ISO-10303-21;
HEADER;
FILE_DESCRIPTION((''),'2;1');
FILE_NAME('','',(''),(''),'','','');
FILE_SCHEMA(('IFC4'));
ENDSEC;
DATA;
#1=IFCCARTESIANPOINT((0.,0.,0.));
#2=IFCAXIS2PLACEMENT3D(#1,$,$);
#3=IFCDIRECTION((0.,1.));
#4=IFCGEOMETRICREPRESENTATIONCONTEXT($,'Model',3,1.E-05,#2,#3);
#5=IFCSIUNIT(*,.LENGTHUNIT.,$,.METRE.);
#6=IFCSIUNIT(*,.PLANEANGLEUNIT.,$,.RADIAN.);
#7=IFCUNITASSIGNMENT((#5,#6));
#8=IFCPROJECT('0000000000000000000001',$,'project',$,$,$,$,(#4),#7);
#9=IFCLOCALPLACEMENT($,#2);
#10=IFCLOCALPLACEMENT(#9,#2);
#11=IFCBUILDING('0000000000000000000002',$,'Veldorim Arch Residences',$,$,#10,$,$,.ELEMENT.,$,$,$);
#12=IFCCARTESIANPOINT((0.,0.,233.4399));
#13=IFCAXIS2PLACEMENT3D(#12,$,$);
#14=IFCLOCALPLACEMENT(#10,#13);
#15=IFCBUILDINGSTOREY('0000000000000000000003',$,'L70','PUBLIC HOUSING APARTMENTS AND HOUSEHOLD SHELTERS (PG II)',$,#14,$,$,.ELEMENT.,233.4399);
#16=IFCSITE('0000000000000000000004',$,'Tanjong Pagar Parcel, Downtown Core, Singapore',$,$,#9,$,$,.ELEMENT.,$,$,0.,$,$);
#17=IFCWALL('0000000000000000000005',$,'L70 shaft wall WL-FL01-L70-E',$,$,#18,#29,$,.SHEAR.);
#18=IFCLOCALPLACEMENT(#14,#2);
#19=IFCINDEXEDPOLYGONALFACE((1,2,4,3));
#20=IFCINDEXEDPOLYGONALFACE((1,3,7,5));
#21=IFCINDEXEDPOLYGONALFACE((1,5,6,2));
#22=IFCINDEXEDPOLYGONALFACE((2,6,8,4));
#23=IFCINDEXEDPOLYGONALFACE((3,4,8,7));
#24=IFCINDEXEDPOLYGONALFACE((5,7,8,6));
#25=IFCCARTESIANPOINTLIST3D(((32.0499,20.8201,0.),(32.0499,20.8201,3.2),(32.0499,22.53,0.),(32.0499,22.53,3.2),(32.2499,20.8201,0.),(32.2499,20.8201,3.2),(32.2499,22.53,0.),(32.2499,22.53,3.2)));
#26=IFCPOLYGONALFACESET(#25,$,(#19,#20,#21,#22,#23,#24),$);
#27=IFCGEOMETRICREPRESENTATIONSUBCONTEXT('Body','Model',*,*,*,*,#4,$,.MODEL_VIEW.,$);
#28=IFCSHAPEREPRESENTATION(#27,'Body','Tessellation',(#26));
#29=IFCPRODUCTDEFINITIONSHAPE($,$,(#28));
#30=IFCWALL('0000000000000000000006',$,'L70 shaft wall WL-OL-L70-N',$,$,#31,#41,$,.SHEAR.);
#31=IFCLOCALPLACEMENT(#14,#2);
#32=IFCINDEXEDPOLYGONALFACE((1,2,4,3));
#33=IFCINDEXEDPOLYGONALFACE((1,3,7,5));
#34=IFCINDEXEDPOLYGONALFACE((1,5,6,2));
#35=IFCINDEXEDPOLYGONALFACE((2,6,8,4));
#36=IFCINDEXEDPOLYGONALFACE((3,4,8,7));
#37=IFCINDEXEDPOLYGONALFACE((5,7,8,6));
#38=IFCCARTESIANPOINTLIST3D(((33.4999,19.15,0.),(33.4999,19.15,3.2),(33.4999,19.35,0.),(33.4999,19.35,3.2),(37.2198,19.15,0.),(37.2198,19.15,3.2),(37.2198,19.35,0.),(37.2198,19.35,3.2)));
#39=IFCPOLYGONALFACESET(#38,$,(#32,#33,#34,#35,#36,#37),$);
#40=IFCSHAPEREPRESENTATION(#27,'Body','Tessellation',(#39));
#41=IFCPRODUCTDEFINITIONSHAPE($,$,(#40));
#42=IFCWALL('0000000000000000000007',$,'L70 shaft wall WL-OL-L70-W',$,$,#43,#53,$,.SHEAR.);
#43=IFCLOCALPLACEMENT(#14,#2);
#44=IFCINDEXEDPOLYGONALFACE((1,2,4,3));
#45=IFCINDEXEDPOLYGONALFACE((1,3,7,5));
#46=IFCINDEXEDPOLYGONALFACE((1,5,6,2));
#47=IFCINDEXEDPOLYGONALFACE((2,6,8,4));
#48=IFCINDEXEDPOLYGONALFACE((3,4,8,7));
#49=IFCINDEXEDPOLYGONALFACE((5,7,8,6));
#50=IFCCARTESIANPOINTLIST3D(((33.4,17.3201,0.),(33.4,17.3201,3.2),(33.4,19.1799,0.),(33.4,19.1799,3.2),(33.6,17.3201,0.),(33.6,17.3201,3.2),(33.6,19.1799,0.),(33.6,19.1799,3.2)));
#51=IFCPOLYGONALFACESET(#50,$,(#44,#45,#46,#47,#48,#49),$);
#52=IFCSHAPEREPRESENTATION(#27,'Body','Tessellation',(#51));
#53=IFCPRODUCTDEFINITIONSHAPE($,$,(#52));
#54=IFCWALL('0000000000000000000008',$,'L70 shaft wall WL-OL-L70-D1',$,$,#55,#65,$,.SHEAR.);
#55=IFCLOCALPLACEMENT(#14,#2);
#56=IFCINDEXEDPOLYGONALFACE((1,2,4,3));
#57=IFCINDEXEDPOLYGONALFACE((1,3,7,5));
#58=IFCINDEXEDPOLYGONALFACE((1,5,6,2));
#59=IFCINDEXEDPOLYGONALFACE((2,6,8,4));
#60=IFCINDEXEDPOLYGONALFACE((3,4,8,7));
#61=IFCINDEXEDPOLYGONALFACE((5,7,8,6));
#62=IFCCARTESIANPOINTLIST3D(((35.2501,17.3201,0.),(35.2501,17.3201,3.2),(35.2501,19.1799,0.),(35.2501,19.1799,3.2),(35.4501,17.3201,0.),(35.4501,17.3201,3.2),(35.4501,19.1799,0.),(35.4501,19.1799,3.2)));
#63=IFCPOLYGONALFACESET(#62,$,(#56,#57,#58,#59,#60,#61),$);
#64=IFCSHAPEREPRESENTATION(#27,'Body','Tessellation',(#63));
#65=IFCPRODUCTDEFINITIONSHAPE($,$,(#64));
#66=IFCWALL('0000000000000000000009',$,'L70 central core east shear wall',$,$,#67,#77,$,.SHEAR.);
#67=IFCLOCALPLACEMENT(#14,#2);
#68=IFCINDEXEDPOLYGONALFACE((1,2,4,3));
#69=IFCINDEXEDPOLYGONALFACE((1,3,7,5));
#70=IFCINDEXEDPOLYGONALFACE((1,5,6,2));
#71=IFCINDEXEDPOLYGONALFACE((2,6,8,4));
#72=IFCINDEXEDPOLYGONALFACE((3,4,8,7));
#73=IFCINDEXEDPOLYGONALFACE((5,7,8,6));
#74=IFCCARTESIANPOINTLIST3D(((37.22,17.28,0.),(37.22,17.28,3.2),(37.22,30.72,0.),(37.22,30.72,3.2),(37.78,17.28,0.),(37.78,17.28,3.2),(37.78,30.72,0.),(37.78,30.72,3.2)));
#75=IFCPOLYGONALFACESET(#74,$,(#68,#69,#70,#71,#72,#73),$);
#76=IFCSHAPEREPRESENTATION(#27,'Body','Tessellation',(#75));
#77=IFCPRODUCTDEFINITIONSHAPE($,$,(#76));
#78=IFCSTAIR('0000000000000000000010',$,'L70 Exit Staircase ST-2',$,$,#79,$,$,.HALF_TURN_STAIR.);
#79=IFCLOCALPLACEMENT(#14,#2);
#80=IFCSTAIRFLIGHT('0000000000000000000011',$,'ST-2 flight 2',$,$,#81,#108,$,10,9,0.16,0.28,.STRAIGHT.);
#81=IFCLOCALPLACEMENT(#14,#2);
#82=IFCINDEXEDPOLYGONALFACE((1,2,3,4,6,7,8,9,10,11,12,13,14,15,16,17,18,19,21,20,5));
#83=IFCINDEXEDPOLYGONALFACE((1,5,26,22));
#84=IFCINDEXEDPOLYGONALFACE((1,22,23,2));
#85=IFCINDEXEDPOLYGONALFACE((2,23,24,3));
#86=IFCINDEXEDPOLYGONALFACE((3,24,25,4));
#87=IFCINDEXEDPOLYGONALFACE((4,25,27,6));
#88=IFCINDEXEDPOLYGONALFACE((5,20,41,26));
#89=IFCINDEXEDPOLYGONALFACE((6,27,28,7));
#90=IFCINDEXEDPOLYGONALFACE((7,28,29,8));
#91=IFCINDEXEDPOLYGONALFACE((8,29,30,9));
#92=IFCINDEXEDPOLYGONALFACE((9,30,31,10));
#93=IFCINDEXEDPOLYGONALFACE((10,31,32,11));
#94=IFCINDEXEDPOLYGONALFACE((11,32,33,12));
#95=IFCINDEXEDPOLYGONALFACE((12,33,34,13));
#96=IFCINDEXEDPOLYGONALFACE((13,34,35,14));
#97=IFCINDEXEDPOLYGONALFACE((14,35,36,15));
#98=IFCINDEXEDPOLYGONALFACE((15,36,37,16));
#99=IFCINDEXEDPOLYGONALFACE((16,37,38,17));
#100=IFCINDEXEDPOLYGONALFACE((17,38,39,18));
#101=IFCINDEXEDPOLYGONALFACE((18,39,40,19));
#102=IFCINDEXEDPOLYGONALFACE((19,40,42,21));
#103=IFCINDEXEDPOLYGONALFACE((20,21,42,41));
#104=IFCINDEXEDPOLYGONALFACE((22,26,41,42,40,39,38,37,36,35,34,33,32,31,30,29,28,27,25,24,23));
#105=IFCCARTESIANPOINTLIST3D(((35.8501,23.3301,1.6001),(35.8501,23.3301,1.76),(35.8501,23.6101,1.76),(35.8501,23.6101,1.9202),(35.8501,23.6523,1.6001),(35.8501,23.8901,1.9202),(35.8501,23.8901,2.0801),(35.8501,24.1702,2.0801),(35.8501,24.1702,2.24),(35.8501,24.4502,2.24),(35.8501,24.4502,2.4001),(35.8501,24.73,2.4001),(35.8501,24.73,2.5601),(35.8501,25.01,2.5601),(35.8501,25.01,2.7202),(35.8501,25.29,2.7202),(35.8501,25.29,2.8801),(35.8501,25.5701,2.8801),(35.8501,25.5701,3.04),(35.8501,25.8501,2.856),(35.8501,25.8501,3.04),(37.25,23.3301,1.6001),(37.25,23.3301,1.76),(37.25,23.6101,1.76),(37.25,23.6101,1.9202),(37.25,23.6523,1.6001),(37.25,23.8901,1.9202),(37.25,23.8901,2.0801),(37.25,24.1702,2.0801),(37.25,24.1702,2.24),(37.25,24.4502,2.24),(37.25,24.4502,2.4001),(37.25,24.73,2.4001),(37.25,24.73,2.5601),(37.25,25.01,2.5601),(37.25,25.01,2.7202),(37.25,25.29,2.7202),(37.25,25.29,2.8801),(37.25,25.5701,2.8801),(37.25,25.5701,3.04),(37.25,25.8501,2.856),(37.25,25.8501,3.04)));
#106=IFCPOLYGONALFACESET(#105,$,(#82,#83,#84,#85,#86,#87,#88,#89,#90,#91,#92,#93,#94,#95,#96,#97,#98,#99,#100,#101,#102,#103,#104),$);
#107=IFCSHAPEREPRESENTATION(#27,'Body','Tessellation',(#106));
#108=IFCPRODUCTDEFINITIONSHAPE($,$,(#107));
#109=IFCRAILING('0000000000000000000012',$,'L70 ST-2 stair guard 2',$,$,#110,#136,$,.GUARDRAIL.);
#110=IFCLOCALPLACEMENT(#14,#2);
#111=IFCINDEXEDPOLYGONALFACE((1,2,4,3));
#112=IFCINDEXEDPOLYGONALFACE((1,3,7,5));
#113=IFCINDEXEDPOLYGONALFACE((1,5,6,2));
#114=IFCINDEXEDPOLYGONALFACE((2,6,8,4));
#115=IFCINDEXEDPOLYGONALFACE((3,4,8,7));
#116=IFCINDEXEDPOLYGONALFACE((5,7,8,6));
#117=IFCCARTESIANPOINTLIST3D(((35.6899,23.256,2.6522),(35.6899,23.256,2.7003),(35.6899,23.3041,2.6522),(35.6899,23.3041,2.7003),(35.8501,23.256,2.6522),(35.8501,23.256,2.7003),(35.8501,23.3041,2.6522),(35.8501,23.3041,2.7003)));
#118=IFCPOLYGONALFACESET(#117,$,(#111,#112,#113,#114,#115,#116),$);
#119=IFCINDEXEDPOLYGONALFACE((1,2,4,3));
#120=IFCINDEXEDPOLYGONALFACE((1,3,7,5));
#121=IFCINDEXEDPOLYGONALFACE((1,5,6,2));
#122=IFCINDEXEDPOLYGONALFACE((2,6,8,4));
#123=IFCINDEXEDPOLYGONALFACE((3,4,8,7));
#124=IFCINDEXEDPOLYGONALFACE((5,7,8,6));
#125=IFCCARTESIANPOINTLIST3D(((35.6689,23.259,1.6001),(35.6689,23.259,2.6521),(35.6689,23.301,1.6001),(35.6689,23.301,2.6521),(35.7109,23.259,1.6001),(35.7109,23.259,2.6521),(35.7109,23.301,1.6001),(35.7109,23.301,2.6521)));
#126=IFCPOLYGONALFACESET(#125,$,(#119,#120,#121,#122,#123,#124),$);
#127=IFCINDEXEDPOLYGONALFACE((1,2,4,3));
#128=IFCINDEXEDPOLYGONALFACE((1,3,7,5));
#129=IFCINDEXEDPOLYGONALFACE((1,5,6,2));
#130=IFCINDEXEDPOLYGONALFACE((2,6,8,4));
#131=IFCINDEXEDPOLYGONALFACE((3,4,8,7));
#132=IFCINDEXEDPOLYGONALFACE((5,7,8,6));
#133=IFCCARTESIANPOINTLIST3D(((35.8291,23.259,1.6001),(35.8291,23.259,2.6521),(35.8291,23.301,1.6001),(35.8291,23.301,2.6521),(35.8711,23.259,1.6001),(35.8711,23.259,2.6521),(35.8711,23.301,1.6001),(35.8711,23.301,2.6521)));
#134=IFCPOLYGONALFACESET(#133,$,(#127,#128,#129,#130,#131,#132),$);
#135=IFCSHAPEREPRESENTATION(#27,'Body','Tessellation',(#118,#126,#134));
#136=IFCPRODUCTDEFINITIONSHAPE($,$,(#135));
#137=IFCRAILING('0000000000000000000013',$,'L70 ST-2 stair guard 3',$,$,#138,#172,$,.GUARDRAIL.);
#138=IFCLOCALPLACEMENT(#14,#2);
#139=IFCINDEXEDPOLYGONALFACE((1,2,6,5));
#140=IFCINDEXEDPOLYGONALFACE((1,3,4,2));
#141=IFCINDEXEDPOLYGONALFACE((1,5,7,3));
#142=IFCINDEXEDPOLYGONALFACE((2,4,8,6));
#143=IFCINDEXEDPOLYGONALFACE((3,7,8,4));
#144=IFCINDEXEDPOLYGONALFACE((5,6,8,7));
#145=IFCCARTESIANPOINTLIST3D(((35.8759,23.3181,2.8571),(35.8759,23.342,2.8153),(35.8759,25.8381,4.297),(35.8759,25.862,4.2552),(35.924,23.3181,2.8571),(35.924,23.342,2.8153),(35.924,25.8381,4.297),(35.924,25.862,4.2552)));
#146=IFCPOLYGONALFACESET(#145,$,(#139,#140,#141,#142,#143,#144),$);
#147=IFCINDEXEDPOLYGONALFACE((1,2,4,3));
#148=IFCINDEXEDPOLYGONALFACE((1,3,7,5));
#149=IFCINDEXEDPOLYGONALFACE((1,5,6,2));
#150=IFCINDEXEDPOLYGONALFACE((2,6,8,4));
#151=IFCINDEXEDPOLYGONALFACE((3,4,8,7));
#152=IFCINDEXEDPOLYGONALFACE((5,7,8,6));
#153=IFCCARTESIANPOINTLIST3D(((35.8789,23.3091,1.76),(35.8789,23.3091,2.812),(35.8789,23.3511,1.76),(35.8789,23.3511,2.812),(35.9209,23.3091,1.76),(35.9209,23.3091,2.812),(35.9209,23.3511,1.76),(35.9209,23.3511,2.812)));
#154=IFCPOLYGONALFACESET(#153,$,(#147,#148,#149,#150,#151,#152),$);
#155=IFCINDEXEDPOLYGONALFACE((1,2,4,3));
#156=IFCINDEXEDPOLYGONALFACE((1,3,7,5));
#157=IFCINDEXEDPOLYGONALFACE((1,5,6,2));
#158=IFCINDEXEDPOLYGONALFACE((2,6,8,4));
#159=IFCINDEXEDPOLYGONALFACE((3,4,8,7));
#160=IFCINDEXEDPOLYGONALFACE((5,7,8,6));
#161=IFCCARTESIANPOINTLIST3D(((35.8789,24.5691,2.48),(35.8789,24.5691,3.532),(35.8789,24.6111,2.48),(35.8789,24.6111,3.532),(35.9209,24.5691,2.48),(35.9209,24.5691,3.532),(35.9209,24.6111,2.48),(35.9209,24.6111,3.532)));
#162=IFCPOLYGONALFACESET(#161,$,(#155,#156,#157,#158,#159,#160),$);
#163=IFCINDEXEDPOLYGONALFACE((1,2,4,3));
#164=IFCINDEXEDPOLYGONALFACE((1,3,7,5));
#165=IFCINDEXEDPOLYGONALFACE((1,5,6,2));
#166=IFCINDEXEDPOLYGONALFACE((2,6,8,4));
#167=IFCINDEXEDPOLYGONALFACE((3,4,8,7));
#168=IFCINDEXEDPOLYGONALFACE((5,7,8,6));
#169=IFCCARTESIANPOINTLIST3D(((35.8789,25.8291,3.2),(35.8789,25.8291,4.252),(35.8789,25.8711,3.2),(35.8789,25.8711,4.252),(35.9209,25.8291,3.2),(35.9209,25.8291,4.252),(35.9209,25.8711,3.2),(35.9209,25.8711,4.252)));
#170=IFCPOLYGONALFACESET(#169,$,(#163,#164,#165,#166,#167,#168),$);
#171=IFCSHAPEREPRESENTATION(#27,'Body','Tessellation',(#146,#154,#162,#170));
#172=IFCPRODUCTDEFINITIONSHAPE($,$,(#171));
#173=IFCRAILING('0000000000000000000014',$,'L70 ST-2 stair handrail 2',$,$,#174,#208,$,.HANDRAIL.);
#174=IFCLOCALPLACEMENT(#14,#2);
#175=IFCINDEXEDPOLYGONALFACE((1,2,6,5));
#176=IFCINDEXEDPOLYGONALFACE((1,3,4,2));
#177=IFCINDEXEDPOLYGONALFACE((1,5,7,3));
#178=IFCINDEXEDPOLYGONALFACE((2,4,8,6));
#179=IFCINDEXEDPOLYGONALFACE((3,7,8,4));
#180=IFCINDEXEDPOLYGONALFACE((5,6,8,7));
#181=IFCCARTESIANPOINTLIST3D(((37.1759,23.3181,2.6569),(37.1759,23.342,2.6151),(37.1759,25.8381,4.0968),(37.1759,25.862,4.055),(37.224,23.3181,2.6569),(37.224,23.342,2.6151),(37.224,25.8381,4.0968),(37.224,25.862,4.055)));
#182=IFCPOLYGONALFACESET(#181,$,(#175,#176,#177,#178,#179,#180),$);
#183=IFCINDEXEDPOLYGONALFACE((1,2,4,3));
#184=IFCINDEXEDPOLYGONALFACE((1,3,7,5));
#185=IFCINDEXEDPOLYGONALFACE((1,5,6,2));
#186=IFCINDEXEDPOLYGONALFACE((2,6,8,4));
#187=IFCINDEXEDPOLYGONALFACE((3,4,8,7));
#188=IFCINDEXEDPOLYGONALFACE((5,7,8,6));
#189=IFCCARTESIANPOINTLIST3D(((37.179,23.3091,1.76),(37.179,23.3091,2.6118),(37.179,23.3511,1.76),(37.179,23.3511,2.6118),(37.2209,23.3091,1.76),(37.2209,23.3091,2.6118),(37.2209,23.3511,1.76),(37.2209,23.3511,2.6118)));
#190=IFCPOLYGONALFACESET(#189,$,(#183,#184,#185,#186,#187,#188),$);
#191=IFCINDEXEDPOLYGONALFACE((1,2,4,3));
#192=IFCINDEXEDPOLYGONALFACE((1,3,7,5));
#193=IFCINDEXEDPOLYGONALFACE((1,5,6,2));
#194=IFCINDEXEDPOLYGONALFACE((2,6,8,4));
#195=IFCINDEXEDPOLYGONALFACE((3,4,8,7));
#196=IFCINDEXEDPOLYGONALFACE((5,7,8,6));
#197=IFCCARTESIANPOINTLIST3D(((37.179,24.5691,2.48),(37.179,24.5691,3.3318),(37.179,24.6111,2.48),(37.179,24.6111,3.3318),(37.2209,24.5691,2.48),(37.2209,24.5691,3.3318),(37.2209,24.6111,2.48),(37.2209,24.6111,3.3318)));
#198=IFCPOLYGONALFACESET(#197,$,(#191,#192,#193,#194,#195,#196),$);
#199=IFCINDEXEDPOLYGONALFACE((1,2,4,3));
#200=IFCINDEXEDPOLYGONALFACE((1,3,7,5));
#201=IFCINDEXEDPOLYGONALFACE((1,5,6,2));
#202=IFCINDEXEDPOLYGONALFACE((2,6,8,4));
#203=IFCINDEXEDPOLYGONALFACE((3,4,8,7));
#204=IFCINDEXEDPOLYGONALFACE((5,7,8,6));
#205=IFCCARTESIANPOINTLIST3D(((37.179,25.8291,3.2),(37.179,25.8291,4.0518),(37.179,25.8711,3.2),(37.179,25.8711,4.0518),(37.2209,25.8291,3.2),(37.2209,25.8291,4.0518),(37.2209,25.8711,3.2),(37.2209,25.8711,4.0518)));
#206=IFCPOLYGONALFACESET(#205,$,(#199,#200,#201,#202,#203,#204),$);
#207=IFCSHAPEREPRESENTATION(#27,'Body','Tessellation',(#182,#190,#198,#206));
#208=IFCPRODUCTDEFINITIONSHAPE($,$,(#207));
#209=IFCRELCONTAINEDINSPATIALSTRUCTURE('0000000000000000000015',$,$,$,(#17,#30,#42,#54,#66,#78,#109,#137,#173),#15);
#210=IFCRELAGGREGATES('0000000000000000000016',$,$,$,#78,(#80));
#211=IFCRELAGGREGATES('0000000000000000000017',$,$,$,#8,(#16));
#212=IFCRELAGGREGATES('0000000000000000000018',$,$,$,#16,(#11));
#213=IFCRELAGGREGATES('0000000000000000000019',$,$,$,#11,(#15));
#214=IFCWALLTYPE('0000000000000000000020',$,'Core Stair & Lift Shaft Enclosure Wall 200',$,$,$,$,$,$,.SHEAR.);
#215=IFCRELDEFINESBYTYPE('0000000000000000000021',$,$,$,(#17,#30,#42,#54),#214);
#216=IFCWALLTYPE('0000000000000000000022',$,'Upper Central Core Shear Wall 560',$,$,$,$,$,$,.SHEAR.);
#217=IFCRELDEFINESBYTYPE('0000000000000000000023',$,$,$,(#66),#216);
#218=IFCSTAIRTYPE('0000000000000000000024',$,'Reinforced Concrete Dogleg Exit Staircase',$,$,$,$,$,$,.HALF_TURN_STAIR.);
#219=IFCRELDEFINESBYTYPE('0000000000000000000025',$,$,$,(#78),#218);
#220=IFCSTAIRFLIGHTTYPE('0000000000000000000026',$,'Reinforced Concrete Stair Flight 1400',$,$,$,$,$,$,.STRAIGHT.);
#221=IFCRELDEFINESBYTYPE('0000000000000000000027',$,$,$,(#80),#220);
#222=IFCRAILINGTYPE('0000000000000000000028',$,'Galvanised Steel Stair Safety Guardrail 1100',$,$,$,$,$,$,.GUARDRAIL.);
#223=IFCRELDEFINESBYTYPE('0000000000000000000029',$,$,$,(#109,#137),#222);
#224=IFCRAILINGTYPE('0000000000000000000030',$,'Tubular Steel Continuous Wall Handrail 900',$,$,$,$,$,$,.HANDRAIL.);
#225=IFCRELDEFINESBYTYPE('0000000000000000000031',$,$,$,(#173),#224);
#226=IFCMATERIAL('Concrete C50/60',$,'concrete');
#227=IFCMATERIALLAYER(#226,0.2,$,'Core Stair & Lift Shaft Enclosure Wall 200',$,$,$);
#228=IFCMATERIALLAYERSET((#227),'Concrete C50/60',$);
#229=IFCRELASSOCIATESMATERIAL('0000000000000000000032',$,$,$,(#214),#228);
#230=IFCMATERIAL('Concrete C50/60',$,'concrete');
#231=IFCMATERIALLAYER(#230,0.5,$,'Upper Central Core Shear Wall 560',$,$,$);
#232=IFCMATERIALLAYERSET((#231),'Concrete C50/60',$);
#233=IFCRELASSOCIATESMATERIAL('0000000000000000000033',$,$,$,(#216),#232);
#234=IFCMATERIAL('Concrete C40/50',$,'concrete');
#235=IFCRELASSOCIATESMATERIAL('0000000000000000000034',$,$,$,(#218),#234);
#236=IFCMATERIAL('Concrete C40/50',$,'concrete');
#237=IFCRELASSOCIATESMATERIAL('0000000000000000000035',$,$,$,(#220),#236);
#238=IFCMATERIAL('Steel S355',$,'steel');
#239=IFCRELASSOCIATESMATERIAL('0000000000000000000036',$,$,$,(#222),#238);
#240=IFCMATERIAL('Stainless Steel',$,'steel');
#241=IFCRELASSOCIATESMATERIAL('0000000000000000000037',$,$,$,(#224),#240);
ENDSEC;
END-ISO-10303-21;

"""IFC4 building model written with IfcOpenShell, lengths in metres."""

from ifc_helpers import new_model, si_unit, direction, frame, frame_2d, origin, origin_2d, place, context, subcontext, project, spatial, polyline, rectangle, outline, extrude, material, layer, layer_set, type_object, element, aggregate, save


model = new_model("IFC4")

# Units and contexts
model_context = context("Model", 3, precision=1e-05, world=origin(), true_north=direction((0.0, 1.0)))
body_context = subcontext(model_context, "Body", "Model", "MODEL_VIEW")
ifc_project = project(units=[si_unit("LENGTHUNIT", "METRE"), si_unit("PLANEANGLEUNIT", "RADIAN")], contexts=[model_context])

# Site, building, storey
site_placement = place(None, origin())
site = spatial("IfcSite", under=ifc_project, at=site_placement, Name="Tanjong Pagar Parcel, Downtown Core, Singapore", CompositionType="ELEMENT", RefElevation=0.0)
building_placement = place(site_placement, origin())
building = spatial("IfcBuilding", under=site, at=building_placement, Name="Veldorim Arch Residences", CompositionType="ELEMENT")
storey_placement = place(building_placement, frame((0.0, 0.0, 233.4399)))
storey = spatial("IfcBuildingStorey", under=building, at=storey_placement, Name="L70", Description="PUBLIC HOUSING APARTMENTS AND HOUSEHOLD SHELTERS (PG II)", CompositionType="ELEMENT", Elevation=233.4399)

# Walls
ifc_material_1 = material(Name="Concrete C50/60", Category="concrete")
ifc_layer_1 = layer(ifc_material_1, 0.2, Name="Core Stair & Lift Shaft Enclosure Wall 200")
ifc_layer_set_1 = layer_set([ifc_layer_1], Name="Concrete C50/60")
wall_type_1 = type_object("IfcWallType", Name="Core Stair & Lift Shaft Enclosure Wall 200", PredefinedType="SHEAR", material=ifc_layer_set_1)
wall_1_placement = place(storey_placement, frame((32.1499, 20.8201, 0.0), z_axis=(0.0, 0.0, 1.0), x_axis=(0.0, 1.0, 0.0)))
element("IfcWall", 1, at=wall_1_placement, inside=storey, type_object=wall_type_1, Name="L70 shaft wall WL-FL01-L70-E", PredefinedType="SHEAR", context=body_context, shape_type="SweptSolid", body=[
    extrude(rectangle(XDim=1.71, YDim=0.2, at=frame_2d((0.855, 0.0))), origin(), (0.0, 0.0, 1.0), 3.2),
])
wall_2_placement = place(storey_placement, frame((33.5, 19.25, 0.0), z_axis=(0.0, 0.0, 1.0), x_axis=(1.0, 0.0, 0.0)))
element("IfcWall", 2, at=wall_2_placement, inside=storey, type_object=wall_type_1, Name="L70 shaft wall WL-OL-L70-N", PredefinedType="SHEAR", context=body_context, shape_type="SweptSolid", body=[
    extrude(rectangle(XDim=3.72, YDim=0.2, at=frame_2d((1.8599, 0.0))), origin(), (0.0, 0.0, 1.0), 3.2),
])
for number, where, z_axis, x_axis, name in (
    (3, (33.5, 17.3201, 0.0), (0.0, 0.0, 1.0), (0.0, 1.0, 0.0), "L70 shaft wall WL-OL-L70-W"),
    (4, (35.3501, 17.3201, 0.0), (0.0, 0.0, 1.0), (0.0, 1.0, 0.0), "L70 shaft wall WL-OL-L70-D1"),
):
    element("IfcWall", number, at=place(storey_placement, frame(where, z_axis=z_axis, x_axis=x_axis)), inside=storey, type_object=wall_type_1, Name=name, PredefinedType="SHEAR", context=body_context, shape_type="SweptSolid", body=[
        extrude(rectangle(XDim=1.8599, YDim=0.2, at=frame_2d((0.9299, 0.0))), origin(), (0.0, 0.0, 1.0), 3.2),
    ])
ifc_material_2 = material(Name="Concrete C50/60", Category="concrete")
ifc_layer_2 = layer(ifc_material_2, 0.5, Name="Upper Central Core Shear Wall 560")
ifc_layer_set_2 = layer_set([ifc_layer_2], Name="Concrete C50/60")
wall_type_2 = type_object("IfcWallType", Name="Upper Central Core Shear Wall 560", PredefinedType="SHEAR", material=ifc_layer_set_2)
wall_3_placement = place(storey_placement, frame((37.5, 17.28, 0.0), z_axis=(0.0, 0.0, 1.0), x_axis=(0.0, 1.0, 0.0)))
element("IfcWall", 5, at=wall_3_placement, inside=storey, type_object=wall_type_2, Name="L70 central core east shear wall", PredefinedType="SHEAR", context=body_context, shape_type="SweptSolid", body=[
    extrude(rectangle(XDim=13.4399, YDim=0.5601, at=frame_2d((6.72, 0.0))), origin(), (0.0, 0.0, 1.0), 3.2),
])

# Stair, stair flight
ifc_material_3 = material(Name="Concrete C40/50", Category="concrete")
stair_type = type_object("IfcStairType", Name="Reinforced Concrete Dogleg Exit Staircase", PredefinedType="HALF_TURN_STAIR", material=ifc_material_3)
stair_placement = place(storey_placement, origin())
stair = element("IfcStair", 6, at=stair_placement, inside=storey, type_object=stair_type, Name="L70 Exit Staircase ST-2", PredefinedType="HALF_TURN_STAIR")
ifc_material_4 = material(Name="Concrete C40/50", Category="concrete")
stair_flight_type = type_object("IfcStairFlightType", Name="Reinforced Concrete Stair Flight 1400", PredefinedType="STRAIGHT", material=ifc_material_4)
stair_flight_placement = place(storey_placement, frame((36.55, 23.3301, 1.6001), z_axis=(0.0, 0.0, 1.0), x_axis=(0.0, 1.0, 0.0)))
stair_flight = element("IfcStairFlight", 7, at=stair_flight_placement, type_object=stair_flight_type, Name="ST-2 flight 2", NumberOfRisers=10, NumberOfTreads=9, PredefinedType="STRAIGHT", RiserHeight=0.16, TreadLength=0.28, context=body_context, shape_type="SweptSolid", body=[
    extrude(outline(polyline([(0.0, 0.0), (0.0, 0.1599), (0.28, 0.1599), (0.28, 0.3201), (0.5601, 0.3201), (0.5601, 0.48), (0.8401, 0.48), (0.8401, 0.6399), (1.1201, 0.6399), (1.1201, 0.8), (1.3999, 0.8), (1.3999, 0.96), (1.6799, 0.96), (1.6799, 1.1201), (1.96, 1.1201), (1.96, 1.28), (2.24, 1.28), (2.24, 1.4399), (2.52, 1.4399), (2.52, 1.6001), (2.52, 1.2559), (0.3223, 0.0), (0.0, 0.0)])), frame((0.0, 0.7, 0.0), z_axis=(0.0, -1.0, 0.0), x_axis=(1.0, 0.0, 0.0)), (0.0, 0.0, 1.0), 1.3999),
])
aggregate(stair, [stair_flight])

# Railings
ifc_material_5 = material(Name="Steel S355", Category="steel")
railing_type_1 = type_object("IfcRailingType", Name="Galvanised Steel Stair Safety Guardrail 1100", PredefinedType="GUARDRAIL", material=ifc_material_5)
railing_1_placement = place(storey_placement, frame((35.6899, 23.28, 1.6001)))
element("IfcRailing", 8, at=railing_1_placement, inside=storey, type_object=railing_type_1, Name="L70 ST-2 stair guard 2", PredefinedType="GUARDRAIL", context=body_context, shape_type="SweptSolid", body=[
    extrude(rectangle(XDim=0.0481, YDim=0.0481, at=origin_2d()), frame((0.0, 0.0, 1.0762), z_axis=(1.0, 0.0, 0.0), x_axis=(0.0, 1.0, 0.0)), (0.0, 0.0, 1.0), 0.1602),
    extrude(rectangle(XDim=0.042, YDim=0.042, at=origin_2d()), origin(), (0.0, 0.0, 1.0), 1.052),
    extrude(rectangle(XDim=0.042, YDim=0.042, at=origin_2d()), frame((0.1602, 0.0, 0.0)), (0.0, 0.0, 1.0), 1.052),
])
railing_2_placement = place(storey_placement, frame((35.8999, 23.3301, 1.76)))
element("IfcRailing", 9, at=railing_2_placement, inside=storey, type_object=railing_type_1, Name="L70 ST-2 stair guard 3", PredefinedType="GUARDRAIL", context=body_context, shape_type="SweptSolid", body=[
    extrude(rectangle(XDim=0.0481, YDim=0.0481, at=origin_2d()), frame((0.0, 0.0, 1.0762), z_axis=(0.0, 0.868253, 0.496121), x_axis=(-1.0, 0.0, 0.0)), (0.0, 0.0, 1.0), 2.9023),
    extrude(rectangle(XDim=0.042, YDim=0.042, at=origin_2d()), origin(), (0.0, 0.0, 1.0), 1.052),
    extrude(rectangle(XDim=0.042, YDim=0.042, at=origin_2d()), frame((0.0, 1.26, 0.72)), (0.0, 0.0, 1.0), 1.052),
    extrude(rectangle(XDim=0.042, YDim=0.042, at=origin_2d()), frame((0.0, 2.52, 1.4399)), (0.0, 0.0, 1.0), 1.052),
])
ifc_material_6 = material(Name="Stainless Steel", Category="steel")
railing_type_2 = type_object("IfcRailingType", Name="Tubular Steel Continuous Wall Handrail 900", PredefinedType="HANDRAIL", material=ifc_material_6)
railing_3_placement = place(storey_placement, frame((37.2, 23.3301, 1.76)))
element("IfcRailing", 10, at=railing_3_placement, inside=storey, type_object=railing_type_2, Name="L70 ST-2 stair handrail 2", PredefinedType="HANDRAIL", context=body_context, shape_type="SweptSolid", body=[
    extrude(rectangle(XDim=0.0481, YDim=0.0481, at=origin_2d()), frame((0.0, 0.0, 0.876), z_axis=(0.0, 0.868253, 0.496121), x_axis=(-1.0, 0.0, 0.0)), (0.0, 0.0, 1.0), 2.9023),
    extrude(rectangle(XDim=0.042, YDim=0.042, at=origin_2d()), origin(), (0.0, 0.0, 1.0), 0.8518),
    extrude(rectangle(XDim=0.042, YDim=0.042, at=origin_2d()), frame((0.0, 1.26, 0.72)), (0.0, 0.0, 1.0), 0.8518),
    extrude(rectangle(XDim=0.042, YDim=0.042, at=origin_2d()), frame((0.0, 2.52, 1.4399)), (0.0, 0.0, 1.0), 0.8518),
])

save(model, "model.ifc")
